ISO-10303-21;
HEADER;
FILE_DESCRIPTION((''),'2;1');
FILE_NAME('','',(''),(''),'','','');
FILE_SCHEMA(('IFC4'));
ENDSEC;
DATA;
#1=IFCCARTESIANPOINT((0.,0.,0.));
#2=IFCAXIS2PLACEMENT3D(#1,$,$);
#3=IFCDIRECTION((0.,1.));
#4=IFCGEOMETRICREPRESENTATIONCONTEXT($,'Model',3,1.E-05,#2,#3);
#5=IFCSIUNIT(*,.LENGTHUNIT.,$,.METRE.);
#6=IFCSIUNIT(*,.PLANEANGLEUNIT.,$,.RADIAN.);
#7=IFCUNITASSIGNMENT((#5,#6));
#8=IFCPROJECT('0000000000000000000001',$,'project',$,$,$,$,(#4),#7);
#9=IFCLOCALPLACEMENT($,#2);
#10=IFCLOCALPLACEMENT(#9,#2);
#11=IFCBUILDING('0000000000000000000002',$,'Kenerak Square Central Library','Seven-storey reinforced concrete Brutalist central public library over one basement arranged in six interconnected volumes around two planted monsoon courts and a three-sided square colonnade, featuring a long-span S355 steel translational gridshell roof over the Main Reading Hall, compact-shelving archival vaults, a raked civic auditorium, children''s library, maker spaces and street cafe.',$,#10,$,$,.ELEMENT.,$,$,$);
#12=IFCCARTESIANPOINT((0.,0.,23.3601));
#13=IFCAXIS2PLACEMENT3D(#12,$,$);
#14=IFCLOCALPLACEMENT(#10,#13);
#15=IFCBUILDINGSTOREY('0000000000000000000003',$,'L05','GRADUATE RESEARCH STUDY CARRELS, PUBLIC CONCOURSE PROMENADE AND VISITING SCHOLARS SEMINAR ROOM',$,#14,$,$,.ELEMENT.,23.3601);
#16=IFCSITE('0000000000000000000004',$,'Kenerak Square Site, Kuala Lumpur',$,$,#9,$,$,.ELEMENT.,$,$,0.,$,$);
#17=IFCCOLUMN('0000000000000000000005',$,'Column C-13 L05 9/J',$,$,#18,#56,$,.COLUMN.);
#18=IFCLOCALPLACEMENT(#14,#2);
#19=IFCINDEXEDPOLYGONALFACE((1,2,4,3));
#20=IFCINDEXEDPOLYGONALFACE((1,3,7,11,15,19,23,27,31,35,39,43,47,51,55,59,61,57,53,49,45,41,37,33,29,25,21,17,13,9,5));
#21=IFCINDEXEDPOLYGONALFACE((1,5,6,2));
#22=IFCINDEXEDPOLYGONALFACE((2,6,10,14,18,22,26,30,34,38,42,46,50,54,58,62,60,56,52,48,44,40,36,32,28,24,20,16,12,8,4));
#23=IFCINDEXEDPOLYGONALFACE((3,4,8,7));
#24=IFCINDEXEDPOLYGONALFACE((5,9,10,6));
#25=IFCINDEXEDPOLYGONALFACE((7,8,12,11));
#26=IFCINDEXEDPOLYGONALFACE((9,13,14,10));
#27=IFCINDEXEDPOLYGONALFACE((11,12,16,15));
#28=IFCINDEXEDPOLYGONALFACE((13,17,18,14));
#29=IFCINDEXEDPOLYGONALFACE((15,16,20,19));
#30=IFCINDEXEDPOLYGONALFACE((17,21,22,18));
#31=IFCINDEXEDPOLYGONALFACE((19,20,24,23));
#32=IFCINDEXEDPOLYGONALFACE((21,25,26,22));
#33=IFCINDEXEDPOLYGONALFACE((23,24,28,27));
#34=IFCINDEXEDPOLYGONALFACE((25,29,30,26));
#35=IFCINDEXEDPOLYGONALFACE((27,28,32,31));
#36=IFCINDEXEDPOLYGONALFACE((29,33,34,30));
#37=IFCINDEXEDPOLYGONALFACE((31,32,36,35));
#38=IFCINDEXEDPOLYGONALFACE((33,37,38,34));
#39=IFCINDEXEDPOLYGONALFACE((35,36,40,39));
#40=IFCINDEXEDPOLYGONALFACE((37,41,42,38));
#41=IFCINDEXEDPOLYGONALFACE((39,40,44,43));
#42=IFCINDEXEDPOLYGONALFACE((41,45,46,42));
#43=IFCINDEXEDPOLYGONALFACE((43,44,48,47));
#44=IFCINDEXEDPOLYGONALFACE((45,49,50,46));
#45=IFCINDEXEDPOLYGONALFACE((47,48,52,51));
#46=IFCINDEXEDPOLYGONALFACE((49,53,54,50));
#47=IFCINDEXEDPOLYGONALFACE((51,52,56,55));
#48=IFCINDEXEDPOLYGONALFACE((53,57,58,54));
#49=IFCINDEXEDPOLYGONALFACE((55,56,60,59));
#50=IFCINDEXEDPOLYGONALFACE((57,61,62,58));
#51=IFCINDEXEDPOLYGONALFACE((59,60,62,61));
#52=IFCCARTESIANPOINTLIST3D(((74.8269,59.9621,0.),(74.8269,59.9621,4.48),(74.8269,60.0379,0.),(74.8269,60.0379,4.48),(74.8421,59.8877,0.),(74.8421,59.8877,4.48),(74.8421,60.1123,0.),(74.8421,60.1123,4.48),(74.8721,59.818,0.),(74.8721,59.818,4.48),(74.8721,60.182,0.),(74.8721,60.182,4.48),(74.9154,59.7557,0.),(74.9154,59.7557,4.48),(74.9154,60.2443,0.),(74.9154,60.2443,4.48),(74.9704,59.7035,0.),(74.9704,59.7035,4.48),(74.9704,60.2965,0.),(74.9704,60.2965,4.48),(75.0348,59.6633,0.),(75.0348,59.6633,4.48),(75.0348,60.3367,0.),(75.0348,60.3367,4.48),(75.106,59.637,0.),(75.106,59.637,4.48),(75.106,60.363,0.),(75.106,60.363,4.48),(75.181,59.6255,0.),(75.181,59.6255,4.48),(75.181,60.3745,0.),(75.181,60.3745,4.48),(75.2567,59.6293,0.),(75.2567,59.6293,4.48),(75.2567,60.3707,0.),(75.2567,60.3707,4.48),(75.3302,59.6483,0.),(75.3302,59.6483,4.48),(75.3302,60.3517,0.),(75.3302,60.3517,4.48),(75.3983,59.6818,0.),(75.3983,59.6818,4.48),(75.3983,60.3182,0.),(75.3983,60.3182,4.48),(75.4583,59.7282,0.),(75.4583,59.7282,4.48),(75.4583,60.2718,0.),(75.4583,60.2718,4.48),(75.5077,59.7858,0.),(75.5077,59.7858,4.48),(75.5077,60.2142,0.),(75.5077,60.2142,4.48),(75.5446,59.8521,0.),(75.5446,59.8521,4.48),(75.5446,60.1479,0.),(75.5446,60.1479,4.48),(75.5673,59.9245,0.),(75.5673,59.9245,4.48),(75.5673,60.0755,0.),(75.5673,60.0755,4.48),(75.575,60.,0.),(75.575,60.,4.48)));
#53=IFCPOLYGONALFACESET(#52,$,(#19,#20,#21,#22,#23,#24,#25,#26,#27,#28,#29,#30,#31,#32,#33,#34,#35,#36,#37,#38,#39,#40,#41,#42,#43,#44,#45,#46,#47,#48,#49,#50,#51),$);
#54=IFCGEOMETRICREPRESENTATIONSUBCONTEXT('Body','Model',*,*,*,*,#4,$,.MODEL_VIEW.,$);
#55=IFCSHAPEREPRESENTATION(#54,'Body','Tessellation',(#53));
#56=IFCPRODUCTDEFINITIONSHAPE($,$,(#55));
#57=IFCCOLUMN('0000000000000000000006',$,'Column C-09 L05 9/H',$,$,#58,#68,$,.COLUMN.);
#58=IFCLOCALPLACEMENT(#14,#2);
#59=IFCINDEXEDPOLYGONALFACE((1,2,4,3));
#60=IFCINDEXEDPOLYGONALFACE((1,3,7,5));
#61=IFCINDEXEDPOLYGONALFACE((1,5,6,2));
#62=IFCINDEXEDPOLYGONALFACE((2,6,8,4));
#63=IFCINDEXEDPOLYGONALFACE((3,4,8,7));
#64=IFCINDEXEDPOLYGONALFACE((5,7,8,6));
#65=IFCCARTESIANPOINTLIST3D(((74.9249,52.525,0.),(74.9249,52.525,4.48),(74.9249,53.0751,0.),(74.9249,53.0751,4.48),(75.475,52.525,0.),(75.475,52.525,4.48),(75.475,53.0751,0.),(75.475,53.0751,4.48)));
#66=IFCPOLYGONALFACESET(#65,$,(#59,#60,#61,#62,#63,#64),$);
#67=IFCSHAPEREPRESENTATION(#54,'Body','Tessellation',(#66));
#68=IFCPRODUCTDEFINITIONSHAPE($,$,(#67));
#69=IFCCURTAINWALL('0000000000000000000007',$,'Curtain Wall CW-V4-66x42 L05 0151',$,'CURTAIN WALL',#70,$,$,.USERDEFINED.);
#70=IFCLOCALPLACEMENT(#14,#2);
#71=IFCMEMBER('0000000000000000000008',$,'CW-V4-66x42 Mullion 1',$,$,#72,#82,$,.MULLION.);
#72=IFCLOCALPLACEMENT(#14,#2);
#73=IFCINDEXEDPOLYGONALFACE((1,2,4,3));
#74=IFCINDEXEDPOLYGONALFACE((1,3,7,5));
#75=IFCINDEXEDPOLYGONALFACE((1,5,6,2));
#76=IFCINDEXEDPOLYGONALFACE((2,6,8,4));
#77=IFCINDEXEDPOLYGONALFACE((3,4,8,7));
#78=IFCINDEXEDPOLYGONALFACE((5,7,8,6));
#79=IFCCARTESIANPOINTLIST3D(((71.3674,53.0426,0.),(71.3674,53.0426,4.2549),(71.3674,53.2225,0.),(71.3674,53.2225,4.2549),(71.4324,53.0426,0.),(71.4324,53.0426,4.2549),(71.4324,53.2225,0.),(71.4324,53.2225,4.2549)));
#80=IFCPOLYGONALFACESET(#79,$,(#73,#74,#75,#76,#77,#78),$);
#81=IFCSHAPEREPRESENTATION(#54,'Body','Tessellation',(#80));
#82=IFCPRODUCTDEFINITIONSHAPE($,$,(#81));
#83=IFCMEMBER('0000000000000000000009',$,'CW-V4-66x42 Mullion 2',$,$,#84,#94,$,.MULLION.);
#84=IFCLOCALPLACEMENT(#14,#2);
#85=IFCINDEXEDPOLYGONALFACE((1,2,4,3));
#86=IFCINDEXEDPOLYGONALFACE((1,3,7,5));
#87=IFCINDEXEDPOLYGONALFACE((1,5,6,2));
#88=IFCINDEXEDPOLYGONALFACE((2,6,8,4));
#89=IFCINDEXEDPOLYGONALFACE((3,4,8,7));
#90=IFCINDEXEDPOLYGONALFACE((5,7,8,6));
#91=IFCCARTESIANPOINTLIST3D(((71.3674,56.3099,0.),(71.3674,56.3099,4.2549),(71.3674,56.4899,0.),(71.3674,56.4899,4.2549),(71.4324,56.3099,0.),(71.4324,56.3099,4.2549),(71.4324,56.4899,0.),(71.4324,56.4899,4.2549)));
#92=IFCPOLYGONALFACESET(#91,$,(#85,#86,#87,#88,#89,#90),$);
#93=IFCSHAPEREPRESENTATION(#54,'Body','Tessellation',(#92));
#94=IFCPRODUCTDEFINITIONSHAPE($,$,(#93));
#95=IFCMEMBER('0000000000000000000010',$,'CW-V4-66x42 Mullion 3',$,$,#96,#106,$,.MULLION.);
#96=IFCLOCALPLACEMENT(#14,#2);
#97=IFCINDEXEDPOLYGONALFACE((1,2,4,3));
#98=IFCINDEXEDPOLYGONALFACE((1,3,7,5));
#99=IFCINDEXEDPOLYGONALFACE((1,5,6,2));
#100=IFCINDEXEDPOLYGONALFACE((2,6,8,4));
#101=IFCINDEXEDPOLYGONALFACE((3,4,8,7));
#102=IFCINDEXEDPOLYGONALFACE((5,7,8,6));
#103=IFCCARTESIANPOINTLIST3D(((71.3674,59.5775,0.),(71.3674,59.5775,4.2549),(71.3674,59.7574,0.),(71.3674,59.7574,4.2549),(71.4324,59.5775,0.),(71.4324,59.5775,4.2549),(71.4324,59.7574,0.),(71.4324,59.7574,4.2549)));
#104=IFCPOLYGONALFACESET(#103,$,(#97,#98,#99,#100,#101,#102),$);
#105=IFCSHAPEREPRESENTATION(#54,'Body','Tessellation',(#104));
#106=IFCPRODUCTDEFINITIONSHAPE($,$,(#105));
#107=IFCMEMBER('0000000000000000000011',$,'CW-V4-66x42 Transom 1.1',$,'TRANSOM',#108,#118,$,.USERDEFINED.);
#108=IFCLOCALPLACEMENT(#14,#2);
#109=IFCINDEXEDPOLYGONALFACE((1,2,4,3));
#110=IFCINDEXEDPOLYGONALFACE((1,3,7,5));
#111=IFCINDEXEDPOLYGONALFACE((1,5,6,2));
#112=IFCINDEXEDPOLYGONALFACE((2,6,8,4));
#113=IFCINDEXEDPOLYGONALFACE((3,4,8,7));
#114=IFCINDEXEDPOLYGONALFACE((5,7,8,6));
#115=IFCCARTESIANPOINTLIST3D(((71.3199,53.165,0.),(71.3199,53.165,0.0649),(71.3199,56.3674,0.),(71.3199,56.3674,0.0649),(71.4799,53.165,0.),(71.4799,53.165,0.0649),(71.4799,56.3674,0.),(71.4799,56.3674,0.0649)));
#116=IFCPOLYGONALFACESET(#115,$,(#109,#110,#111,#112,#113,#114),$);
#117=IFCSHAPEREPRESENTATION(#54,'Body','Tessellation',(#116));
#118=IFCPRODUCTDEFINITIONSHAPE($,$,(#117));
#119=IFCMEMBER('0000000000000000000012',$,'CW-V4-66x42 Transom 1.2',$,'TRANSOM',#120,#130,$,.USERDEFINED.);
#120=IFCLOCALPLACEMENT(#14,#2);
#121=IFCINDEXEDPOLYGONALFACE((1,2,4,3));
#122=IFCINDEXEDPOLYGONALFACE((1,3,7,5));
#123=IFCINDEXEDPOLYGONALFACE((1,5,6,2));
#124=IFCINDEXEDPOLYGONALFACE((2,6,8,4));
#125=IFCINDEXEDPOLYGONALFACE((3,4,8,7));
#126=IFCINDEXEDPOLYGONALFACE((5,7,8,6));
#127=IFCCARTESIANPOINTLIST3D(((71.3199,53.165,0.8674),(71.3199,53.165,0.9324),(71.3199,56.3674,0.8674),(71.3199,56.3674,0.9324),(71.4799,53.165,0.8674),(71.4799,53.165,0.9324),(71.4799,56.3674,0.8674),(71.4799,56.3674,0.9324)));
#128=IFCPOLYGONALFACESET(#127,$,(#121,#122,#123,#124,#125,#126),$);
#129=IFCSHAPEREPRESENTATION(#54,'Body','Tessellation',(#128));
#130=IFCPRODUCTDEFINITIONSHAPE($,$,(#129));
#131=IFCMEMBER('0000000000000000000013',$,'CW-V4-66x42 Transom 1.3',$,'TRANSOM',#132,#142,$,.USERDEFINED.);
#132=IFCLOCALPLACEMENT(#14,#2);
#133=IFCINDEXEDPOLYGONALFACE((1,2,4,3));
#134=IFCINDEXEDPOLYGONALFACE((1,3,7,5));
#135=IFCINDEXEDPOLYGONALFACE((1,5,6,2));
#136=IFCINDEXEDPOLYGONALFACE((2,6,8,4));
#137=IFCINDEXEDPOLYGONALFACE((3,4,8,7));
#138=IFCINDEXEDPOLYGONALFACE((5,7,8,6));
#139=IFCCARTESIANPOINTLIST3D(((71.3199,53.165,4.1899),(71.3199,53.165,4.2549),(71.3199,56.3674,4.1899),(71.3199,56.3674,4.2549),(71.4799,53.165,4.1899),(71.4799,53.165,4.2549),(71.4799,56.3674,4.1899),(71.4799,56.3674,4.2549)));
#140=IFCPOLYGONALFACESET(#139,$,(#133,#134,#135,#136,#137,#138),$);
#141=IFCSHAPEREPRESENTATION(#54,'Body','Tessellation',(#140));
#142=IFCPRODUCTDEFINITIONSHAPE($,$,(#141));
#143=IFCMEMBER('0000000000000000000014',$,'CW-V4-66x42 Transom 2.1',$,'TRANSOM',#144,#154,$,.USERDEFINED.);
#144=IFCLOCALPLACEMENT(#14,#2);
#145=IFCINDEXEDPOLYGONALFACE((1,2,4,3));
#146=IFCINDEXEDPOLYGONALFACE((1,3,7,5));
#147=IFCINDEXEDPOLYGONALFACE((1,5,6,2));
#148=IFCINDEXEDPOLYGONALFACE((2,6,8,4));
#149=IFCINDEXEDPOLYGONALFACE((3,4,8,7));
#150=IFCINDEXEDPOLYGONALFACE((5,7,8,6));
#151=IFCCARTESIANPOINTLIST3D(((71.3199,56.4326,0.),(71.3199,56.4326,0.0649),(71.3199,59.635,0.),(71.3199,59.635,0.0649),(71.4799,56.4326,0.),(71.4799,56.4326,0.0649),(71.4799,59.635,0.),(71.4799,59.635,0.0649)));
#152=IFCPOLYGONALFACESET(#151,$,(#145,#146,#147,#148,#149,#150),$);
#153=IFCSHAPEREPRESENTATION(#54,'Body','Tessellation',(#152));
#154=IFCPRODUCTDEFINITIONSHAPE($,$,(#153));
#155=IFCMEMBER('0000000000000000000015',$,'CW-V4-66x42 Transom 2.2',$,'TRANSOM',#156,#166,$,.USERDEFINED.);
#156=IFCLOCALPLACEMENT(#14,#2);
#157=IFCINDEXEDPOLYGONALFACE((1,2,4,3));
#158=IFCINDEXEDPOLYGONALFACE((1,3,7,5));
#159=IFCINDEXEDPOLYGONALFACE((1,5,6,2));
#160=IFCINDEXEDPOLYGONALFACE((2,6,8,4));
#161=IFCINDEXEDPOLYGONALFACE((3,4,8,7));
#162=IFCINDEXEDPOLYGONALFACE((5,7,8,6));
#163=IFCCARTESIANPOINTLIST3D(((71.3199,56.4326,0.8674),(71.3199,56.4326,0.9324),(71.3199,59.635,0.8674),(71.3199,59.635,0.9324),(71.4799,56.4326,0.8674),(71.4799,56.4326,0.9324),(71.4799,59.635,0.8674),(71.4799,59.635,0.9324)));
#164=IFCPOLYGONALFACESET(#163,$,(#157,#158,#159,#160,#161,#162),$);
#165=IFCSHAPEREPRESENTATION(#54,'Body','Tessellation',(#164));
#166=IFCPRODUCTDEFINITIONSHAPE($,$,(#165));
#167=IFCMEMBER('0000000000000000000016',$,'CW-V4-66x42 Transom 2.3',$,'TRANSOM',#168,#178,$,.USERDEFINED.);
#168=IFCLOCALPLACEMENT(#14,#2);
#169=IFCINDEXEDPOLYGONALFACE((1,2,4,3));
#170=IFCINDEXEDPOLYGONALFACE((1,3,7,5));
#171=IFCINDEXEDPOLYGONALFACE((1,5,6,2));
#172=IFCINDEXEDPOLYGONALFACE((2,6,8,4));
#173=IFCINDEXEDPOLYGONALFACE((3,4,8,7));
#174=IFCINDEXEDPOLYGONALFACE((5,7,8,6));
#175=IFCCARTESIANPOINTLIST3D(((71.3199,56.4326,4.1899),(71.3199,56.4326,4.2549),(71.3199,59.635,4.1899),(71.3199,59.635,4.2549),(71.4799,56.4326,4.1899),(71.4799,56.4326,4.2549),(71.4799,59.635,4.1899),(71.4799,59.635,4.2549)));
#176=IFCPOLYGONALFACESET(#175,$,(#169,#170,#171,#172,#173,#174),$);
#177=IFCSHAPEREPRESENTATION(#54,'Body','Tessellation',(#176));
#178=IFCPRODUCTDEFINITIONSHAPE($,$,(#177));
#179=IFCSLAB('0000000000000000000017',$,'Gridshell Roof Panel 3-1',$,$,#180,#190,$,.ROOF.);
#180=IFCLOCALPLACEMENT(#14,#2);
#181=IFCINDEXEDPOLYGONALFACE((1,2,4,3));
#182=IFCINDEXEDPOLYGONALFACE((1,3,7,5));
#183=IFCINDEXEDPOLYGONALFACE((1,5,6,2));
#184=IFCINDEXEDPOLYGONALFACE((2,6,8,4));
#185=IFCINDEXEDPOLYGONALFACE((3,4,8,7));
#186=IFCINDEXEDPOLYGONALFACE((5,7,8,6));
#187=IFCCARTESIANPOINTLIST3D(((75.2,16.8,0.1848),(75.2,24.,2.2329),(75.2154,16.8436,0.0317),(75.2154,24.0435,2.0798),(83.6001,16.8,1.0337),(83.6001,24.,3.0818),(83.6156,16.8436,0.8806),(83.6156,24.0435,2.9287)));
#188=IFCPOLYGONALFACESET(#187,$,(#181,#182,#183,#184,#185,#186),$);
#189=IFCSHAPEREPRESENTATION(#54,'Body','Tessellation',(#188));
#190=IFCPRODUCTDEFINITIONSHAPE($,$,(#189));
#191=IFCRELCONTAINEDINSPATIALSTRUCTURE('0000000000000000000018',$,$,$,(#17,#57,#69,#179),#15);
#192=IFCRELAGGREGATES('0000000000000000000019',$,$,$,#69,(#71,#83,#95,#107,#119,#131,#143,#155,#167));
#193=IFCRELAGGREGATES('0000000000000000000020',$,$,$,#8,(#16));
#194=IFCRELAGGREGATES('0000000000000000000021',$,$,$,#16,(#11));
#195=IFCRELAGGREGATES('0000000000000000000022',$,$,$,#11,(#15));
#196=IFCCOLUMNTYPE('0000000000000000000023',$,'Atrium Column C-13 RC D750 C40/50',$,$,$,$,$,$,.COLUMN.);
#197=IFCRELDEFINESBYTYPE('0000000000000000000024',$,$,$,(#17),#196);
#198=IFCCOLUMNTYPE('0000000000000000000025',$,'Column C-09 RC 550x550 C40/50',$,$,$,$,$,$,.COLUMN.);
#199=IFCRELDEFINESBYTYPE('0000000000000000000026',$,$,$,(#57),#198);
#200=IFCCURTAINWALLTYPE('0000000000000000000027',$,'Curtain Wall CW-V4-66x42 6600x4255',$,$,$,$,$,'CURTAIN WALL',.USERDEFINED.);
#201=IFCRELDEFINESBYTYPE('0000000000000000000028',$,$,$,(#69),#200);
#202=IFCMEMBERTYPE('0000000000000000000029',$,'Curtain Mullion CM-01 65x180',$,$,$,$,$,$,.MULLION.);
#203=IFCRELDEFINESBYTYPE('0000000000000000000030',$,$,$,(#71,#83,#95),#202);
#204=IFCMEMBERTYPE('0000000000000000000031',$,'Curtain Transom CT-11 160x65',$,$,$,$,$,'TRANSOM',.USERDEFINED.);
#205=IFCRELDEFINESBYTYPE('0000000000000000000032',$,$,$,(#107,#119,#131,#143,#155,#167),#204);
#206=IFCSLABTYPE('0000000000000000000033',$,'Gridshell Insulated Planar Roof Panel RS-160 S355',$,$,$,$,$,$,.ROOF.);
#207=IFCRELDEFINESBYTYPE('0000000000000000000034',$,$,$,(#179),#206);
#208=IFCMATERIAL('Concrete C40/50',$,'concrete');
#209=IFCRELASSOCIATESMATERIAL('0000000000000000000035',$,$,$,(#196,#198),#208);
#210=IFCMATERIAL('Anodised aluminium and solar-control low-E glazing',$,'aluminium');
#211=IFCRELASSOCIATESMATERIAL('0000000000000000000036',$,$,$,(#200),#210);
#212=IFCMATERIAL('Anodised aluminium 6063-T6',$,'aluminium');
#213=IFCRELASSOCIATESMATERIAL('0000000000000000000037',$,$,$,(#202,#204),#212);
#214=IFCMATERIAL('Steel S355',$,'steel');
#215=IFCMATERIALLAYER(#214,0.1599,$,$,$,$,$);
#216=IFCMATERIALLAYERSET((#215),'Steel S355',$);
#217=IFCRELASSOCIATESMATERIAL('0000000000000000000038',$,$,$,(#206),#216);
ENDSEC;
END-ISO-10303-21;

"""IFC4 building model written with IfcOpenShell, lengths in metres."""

from ifc_helpers import new_model, si_unit, direction, frame, origin, origin_2d, place, context, subcontext, project, spatial, polyline, rectangle, circle, outline, extrude, material, layer, layer_set, material_profile, profile_set, type_object, element, aggregate, save


model = new_model("IFC4")

# Units and contexts
model_context = context("Model", 3, precision=1e-05, world=origin(), true_north=direction((0.0, 1.0)))
body_context = subcontext(model_context, "Body", "Model", "MODEL_VIEW")
ifc_project = project(units=[si_unit("LENGTHUNIT", "METRE"), si_unit("PLANEANGLEUNIT", "RADIAN")], contexts=[model_context])

# Site, building, storey
site_placement = place(None, origin())
site = spatial("IfcSite", under=ifc_project, at=site_placement, Name="Kenerak Square Site, Kuala Lumpur", CompositionType="ELEMENT", RefElevation=0.0)
building_placement = place(site_placement, origin())
building = spatial("IfcBuilding", under=site, at=building_placement, Name="Kenerak Square Central Library", Description="Seven-storey reinforced concrete Brutalist central public library over one basement arranged in six interconnected volumes around two planted monsoon courts and a three-sided square colonnade, featuring a long-span S355 steel translational gridshell roof over the Main Reading Hall, compact-shelving archival vaults, a raked civic auditorium, children's library, maker spaces and street cafe.", CompositionType="ELEMENT")
storey_placement = place(building_placement, frame((0.0, 0.0, 23.3601)))
storey = spatial("IfcBuildingStorey", under=building, at=storey_placement, Name="L05", Description="GRADUATE RESEARCH STUDY CARRELS, PUBLIC CONCOURSE PROMENADE AND VISITING SCHOLARS SEMINAR ROOM", CompositionType="ELEMENT", Elevation=23.3601)

# Columns
ifc_material_1 = material(Name="Concrete C40/50", Category="concrete")
ifc_material_profile_1 = material_profile(ifc_material_1, circle(Radius=0.375, at=origin_2d()), Name="RC D750")
ifc_profile_set_1 = profile_set([ifc_material_profile_1], Name="Concrete C40/50")
column_type_1 = type_object("IfcColumnType", Name="Atrium Column C-13 RC D750 C40/50", PredefinedType="COLUMN", material=ifc_profile_set_1)
column_1_placement = place(storey_placement, frame((75.2, 60.0, 0.0), z_axis=(0.0, 0.0, 1.0), x_axis=(1.0, 0.0, 0.0)))
element("IfcColumn", 1, at=column_1_placement, inside=storey, type_object=column_type_1, Name="Column C-13 L05 9/J", PredefinedType="COLUMN", context=body_context, shape_type="SweptSolid", body=[
    extrude(circle(Radius=0.375, at=origin_2d()), origin(), (0.0, 0.0, 1.0), 4.48),
])
ifc_material_profile_2 = material_profile(ifc_material_1, rectangle(XDim=0.55, YDim=0.55, at=origin_2d()), Name="RC 550x550")
ifc_profile_set_2 = profile_set([ifc_material_profile_2], Name="Concrete C40/50")
column_type_2 = type_object("IfcColumnType", Name="Column C-09 RC 550x550 C40/50", PredefinedType="COLUMN", material=ifc_profile_set_2)
column_2_placement = place(storey_placement, frame((75.2, 52.8, 0.0), z_axis=(0.0, 0.0, 1.0), x_axis=(1.0, 0.0, 0.0)))
element("IfcColumn", 2, at=column_2_placement, inside=storey, type_object=column_type_2, Name="Column C-09 L05 9/H", PredefinedType="COLUMN", context=body_context, shape_type="SweptSolid", body=[
    extrude(rectangle(XDim=0.55, YDim=0.55, at=origin_2d()), origin(), (0.0, 0.0, 1.0), 4.48),
])

# Curtain wall, members
ifc_material_2 = material(Name="Anodised aluminium and solar-control low-E glazing", Category="aluminium")
curtain_wall_type = type_object("IfcCurtainWallType", Name="Curtain Wall CW-V4-66x42 6600x4255", ElementType="CURTAIN WALL", PredefinedType="USERDEFINED", material=ifc_material_2)
curtain_wall_placement = place(storey_placement, origin())
curtain_wall = element("IfcCurtainWall", 3, at=curtain_wall_placement, inside=storey, type_object=curtain_wall_type, Name="Curtain Wall CW-V4-66x42 L05 0151", ObjectType="CURTAIN WALL", PredefinedType="USERDEFINED")
ifc_material_3 = material(Name="Anodised aluminium 6063-T6", Category="aluminium")
ifc_material_profile_3 = material_profile(ifc_material_3, rectangle(XDim=0.0649, YDim=0.1799, at=origin_2d()), Name="AL MULLION 65x180")
ifc_profile_set_3 = profile_set([ifc_material_profile_3], Name="Anodised aluminium 6063-T6")
member_type_1 = type_object("IfcMemberType", Name="Curtain Mullion CM-01 65x180", PredefinedType="MULLION", material=ifc_profile_set_3)
member_1_placement = place(storey_placement, frame((71.3999, 53.1326, 0.0), z_axis=(0.0, 0.0, 1.0), x_axis=(-1.0, 0.0, 0.0)))
member_1 = element("IfcMember", 4, at=member_1_placement, type_object=member_type_1, Name="CW-V4-66x42 Mullion 1", PredefinedType="MULLION", context=body_context, shape_type="SweptSolid", body=[
    extrude(rectangle(XDim=0.0649, YDim=0.1799, at=origin_2d()), origin(), (0.0, 0.0, 1.0), 4.2549),
])
member_2_placement = place(storey_placement, frame((71.3999, 56.3999, 0.0), z_axis=(0.0, 0.0, 1.0), x_axis=(-1.0, 0.0, 0.0)))
member_2 = element("IfcMember", 5, at=member_2_placement, type_object=member_type_1, Name="CW-V4-66x42 Mullion 2", PredefinedType="MULLION", context=body_context, shape_type="SweptSolid", body=[
    extrude(rectangle(XDim=0.0649, YDim=0.1799, at=origin_2d()), origin(), (0.0, 0.0, 1.0), 4.2549),
])
member_3_placement = place(storey_placement, frame((71.3999, 59.6675, 0.0), z_axis=(0.0, 0.0, 1.0), x_axis=(-1.0, 0.0, 0.0)))
member_3 = element("IfcMember", 6, at=member_3_placement, type_object=member_type_1, Name="CW-V4-66x42 Mullion 3", PredefinedType="MULLION", context=body_context, shape_type="SweptSolid", body=[
    extrude(rectangle(XDim=0.0649, YDim=0.1799, at=origin_2d()), origin(), (0.0, 0.0, 1.0), 4.2549),
])
ifc_material_profile_4 = material_profile(ifc_material_3, rectangle(XDim=0.1599, YDim=0.0649, at=origin_2d()), Name="AL TRANSOM 160x65")
ifc_profile_set_4 = profile_set([ifc_material_profile_4], Name="Anodised aluminium 6063-T6")
member_type_2 = type_object("IfcMemberType", Name="Curtain Transom CT-11 160x65", ElementType="TRANSOM", PredefinedType="USERDEFINED", material=ifc_profile_set_4)
member_4_placement = place(storey_placement, frame((71.3999, 53.165, 0.0325), z_axis=(0.0, 1.0, 0.0), x_axis=(-1.0, 0.0, 0.0)))
member_4 = element("IfcMember", 7, at=member_4_placement, type_object=member_type_2, Name="CW-V4-66x42 Transom 1.1", ObjectType="TRANSOM", PredefinedType="USERDEFINED", context=body_context, shape_type="SweptSolid", body=[
    extrude(rectangle(XDim=0.1599, YDim=0.0649, at=origin_2d()), origin(), (0.0, 0.0, 1.0), 3.2024),
])
member_5_placement = place(storey_placement, frame((71.3999, 53.165, 0.8999), z_axis=(0.0, 1.0, 0.0), x_axis=(-1.0, 0.0, 0.0)))
member_5 = element("IfcMember", 8, at=member_5_placement, type_object=member_type_2, Name="CW-V4-66x42 Transom 1.2", ObjectType="TRANSOM", PredefinedType="USERDEFINED", context=body_context, shape_type="SweptSolid", body=[
    extrude(rectangle(XDim=0.1599, YDim=0.0649, at=origin_2d()), origin(), (0.0, 0.0, 1.0), 3.2024),
])
member_6_placement = place(storey_placement, frame((71.3999, 53.165, 4.2224), z_axis=(0.0, 1.0, 0.0), x_axis=(-1.0, 0.0, 0.0)))
member_6 = element("IfcMember", 9, at=member_6_placement, type_object=member_type_2, Name="CW-V4-66x42 Transom 1.3", ObjectType="TRANSOM", PredefinedType="USERDEFINED", context=body_context, shape_type="SweptSolid", body=[
    extrude(rectangle(XDim=0.1599, YDim=0.0649, at=origin_2d()), origin(), (0.0, 0.0, 1.0), 3.2024),
])
member_7_placement = place(storey_placement, frame((71.3999, 56.4326, 0.0325), z_axis=(0.0, 1.0, 0.0), x_axis=(-1.0, 0.0, 0.0)))
member_7 = element("IfcMember", 10, at=member_7_placement, type_object=member_type_2, Name="CW-V4-66x42 Transom 2.1", ObjectType="TRANSOM", PredefinedType="USERDEFINED", context=body_context, shape_type="SweptSolid", body=[
    extrude(rectangle(XDim=0.1599, YDim=0.0649, at=origin_2d()), origin(), (0.0, 0.0, 1.0), 3.2024),
])
member_8_placement = place(storey_placement, frame((71.3999, 56.4326, 0.8999), z_axis=(0.0, 1.0, 0.0), x_axis=(-1.0, 0.0, 0.0)))
member_8 = element("IfcMember", 11, at=member_8_placement, type_object=member_type_2, Name="CW-V4-66x42 Transom 2.2", ObjectType="TRANSOM", PredefinedType="USERDEFINED", context=body_context, shape_type="SweptSolid", body=[
    extrude(rectangle(XDim=0.1599, YDim=0.0649, at=origin_2d()), origin(), (0.0, 0.0, 1.0), 3.2024),
])
member_9_placement = place(storey_placement, frame((71.3999, 56.4326, 4.2224), z_axis=(0.0, 1.0, 0.0), x_axis=(-1.0, 0.0, 0.0)))
member_9 = element("IfcMember", 12, at=member_9_placement, type_object=member_type_2, Name="CW-V4-66x42 Transom 2.3", ObjectType="TRANSOM", PredefinedType="USERDEFINED", context=body_context, shape_type="SweptSolid", body=[
    extrude(rectangle(XDim=0.1599, YDim=0.0649, at=origin_2d()), origin(), (0.0, 0.0, 1.0), 3.2024),
])

# Slab
ifc_material_4 = material(Name="Steel S355", Category="steel")
ifc_layer_1 = layer(ifc_material_4, 0.1599)
ifc_layer_set_1 = layer_set([ifc_layer_1], Name="Steel S355")
slab_type = type_object("IfcSlabType", Name="Gridshell Insulated Planar Roof Panel RS-160 S355", PredefinedType="ROOF", material=ifc_layer_set_1)
slab_1_placement = place(storey_placement, frame((75.2, 16.8, 0.1848), z_axis=(-0.096743, -0.272322, 0.95733), x_axis=(0.994933, 0.0, 0.100543)))
element("IfcSlab", 13, at=slab_1_placement, inside=storey, type_object=slab_type, Name="Gridshell Roof Panel 3-1", PredefinedType="ROOF", context=body_context, shape_type="SweptSolid", body=[
    extrude(outline(polyline([(0.0, 0.0), (8.4429, 0.0), (8.6489, 7.4828), (0.2059, 7.4828), (0.0, 0.0)])), origin(), (0.0, 0.0, -1.0), 0.1599),
])

aggregate(curtain_wall, [member_1, member_2, member_3, member_4, member_5, member_6, member_7, member_8, member_9])

save(model, "model.ifc")
